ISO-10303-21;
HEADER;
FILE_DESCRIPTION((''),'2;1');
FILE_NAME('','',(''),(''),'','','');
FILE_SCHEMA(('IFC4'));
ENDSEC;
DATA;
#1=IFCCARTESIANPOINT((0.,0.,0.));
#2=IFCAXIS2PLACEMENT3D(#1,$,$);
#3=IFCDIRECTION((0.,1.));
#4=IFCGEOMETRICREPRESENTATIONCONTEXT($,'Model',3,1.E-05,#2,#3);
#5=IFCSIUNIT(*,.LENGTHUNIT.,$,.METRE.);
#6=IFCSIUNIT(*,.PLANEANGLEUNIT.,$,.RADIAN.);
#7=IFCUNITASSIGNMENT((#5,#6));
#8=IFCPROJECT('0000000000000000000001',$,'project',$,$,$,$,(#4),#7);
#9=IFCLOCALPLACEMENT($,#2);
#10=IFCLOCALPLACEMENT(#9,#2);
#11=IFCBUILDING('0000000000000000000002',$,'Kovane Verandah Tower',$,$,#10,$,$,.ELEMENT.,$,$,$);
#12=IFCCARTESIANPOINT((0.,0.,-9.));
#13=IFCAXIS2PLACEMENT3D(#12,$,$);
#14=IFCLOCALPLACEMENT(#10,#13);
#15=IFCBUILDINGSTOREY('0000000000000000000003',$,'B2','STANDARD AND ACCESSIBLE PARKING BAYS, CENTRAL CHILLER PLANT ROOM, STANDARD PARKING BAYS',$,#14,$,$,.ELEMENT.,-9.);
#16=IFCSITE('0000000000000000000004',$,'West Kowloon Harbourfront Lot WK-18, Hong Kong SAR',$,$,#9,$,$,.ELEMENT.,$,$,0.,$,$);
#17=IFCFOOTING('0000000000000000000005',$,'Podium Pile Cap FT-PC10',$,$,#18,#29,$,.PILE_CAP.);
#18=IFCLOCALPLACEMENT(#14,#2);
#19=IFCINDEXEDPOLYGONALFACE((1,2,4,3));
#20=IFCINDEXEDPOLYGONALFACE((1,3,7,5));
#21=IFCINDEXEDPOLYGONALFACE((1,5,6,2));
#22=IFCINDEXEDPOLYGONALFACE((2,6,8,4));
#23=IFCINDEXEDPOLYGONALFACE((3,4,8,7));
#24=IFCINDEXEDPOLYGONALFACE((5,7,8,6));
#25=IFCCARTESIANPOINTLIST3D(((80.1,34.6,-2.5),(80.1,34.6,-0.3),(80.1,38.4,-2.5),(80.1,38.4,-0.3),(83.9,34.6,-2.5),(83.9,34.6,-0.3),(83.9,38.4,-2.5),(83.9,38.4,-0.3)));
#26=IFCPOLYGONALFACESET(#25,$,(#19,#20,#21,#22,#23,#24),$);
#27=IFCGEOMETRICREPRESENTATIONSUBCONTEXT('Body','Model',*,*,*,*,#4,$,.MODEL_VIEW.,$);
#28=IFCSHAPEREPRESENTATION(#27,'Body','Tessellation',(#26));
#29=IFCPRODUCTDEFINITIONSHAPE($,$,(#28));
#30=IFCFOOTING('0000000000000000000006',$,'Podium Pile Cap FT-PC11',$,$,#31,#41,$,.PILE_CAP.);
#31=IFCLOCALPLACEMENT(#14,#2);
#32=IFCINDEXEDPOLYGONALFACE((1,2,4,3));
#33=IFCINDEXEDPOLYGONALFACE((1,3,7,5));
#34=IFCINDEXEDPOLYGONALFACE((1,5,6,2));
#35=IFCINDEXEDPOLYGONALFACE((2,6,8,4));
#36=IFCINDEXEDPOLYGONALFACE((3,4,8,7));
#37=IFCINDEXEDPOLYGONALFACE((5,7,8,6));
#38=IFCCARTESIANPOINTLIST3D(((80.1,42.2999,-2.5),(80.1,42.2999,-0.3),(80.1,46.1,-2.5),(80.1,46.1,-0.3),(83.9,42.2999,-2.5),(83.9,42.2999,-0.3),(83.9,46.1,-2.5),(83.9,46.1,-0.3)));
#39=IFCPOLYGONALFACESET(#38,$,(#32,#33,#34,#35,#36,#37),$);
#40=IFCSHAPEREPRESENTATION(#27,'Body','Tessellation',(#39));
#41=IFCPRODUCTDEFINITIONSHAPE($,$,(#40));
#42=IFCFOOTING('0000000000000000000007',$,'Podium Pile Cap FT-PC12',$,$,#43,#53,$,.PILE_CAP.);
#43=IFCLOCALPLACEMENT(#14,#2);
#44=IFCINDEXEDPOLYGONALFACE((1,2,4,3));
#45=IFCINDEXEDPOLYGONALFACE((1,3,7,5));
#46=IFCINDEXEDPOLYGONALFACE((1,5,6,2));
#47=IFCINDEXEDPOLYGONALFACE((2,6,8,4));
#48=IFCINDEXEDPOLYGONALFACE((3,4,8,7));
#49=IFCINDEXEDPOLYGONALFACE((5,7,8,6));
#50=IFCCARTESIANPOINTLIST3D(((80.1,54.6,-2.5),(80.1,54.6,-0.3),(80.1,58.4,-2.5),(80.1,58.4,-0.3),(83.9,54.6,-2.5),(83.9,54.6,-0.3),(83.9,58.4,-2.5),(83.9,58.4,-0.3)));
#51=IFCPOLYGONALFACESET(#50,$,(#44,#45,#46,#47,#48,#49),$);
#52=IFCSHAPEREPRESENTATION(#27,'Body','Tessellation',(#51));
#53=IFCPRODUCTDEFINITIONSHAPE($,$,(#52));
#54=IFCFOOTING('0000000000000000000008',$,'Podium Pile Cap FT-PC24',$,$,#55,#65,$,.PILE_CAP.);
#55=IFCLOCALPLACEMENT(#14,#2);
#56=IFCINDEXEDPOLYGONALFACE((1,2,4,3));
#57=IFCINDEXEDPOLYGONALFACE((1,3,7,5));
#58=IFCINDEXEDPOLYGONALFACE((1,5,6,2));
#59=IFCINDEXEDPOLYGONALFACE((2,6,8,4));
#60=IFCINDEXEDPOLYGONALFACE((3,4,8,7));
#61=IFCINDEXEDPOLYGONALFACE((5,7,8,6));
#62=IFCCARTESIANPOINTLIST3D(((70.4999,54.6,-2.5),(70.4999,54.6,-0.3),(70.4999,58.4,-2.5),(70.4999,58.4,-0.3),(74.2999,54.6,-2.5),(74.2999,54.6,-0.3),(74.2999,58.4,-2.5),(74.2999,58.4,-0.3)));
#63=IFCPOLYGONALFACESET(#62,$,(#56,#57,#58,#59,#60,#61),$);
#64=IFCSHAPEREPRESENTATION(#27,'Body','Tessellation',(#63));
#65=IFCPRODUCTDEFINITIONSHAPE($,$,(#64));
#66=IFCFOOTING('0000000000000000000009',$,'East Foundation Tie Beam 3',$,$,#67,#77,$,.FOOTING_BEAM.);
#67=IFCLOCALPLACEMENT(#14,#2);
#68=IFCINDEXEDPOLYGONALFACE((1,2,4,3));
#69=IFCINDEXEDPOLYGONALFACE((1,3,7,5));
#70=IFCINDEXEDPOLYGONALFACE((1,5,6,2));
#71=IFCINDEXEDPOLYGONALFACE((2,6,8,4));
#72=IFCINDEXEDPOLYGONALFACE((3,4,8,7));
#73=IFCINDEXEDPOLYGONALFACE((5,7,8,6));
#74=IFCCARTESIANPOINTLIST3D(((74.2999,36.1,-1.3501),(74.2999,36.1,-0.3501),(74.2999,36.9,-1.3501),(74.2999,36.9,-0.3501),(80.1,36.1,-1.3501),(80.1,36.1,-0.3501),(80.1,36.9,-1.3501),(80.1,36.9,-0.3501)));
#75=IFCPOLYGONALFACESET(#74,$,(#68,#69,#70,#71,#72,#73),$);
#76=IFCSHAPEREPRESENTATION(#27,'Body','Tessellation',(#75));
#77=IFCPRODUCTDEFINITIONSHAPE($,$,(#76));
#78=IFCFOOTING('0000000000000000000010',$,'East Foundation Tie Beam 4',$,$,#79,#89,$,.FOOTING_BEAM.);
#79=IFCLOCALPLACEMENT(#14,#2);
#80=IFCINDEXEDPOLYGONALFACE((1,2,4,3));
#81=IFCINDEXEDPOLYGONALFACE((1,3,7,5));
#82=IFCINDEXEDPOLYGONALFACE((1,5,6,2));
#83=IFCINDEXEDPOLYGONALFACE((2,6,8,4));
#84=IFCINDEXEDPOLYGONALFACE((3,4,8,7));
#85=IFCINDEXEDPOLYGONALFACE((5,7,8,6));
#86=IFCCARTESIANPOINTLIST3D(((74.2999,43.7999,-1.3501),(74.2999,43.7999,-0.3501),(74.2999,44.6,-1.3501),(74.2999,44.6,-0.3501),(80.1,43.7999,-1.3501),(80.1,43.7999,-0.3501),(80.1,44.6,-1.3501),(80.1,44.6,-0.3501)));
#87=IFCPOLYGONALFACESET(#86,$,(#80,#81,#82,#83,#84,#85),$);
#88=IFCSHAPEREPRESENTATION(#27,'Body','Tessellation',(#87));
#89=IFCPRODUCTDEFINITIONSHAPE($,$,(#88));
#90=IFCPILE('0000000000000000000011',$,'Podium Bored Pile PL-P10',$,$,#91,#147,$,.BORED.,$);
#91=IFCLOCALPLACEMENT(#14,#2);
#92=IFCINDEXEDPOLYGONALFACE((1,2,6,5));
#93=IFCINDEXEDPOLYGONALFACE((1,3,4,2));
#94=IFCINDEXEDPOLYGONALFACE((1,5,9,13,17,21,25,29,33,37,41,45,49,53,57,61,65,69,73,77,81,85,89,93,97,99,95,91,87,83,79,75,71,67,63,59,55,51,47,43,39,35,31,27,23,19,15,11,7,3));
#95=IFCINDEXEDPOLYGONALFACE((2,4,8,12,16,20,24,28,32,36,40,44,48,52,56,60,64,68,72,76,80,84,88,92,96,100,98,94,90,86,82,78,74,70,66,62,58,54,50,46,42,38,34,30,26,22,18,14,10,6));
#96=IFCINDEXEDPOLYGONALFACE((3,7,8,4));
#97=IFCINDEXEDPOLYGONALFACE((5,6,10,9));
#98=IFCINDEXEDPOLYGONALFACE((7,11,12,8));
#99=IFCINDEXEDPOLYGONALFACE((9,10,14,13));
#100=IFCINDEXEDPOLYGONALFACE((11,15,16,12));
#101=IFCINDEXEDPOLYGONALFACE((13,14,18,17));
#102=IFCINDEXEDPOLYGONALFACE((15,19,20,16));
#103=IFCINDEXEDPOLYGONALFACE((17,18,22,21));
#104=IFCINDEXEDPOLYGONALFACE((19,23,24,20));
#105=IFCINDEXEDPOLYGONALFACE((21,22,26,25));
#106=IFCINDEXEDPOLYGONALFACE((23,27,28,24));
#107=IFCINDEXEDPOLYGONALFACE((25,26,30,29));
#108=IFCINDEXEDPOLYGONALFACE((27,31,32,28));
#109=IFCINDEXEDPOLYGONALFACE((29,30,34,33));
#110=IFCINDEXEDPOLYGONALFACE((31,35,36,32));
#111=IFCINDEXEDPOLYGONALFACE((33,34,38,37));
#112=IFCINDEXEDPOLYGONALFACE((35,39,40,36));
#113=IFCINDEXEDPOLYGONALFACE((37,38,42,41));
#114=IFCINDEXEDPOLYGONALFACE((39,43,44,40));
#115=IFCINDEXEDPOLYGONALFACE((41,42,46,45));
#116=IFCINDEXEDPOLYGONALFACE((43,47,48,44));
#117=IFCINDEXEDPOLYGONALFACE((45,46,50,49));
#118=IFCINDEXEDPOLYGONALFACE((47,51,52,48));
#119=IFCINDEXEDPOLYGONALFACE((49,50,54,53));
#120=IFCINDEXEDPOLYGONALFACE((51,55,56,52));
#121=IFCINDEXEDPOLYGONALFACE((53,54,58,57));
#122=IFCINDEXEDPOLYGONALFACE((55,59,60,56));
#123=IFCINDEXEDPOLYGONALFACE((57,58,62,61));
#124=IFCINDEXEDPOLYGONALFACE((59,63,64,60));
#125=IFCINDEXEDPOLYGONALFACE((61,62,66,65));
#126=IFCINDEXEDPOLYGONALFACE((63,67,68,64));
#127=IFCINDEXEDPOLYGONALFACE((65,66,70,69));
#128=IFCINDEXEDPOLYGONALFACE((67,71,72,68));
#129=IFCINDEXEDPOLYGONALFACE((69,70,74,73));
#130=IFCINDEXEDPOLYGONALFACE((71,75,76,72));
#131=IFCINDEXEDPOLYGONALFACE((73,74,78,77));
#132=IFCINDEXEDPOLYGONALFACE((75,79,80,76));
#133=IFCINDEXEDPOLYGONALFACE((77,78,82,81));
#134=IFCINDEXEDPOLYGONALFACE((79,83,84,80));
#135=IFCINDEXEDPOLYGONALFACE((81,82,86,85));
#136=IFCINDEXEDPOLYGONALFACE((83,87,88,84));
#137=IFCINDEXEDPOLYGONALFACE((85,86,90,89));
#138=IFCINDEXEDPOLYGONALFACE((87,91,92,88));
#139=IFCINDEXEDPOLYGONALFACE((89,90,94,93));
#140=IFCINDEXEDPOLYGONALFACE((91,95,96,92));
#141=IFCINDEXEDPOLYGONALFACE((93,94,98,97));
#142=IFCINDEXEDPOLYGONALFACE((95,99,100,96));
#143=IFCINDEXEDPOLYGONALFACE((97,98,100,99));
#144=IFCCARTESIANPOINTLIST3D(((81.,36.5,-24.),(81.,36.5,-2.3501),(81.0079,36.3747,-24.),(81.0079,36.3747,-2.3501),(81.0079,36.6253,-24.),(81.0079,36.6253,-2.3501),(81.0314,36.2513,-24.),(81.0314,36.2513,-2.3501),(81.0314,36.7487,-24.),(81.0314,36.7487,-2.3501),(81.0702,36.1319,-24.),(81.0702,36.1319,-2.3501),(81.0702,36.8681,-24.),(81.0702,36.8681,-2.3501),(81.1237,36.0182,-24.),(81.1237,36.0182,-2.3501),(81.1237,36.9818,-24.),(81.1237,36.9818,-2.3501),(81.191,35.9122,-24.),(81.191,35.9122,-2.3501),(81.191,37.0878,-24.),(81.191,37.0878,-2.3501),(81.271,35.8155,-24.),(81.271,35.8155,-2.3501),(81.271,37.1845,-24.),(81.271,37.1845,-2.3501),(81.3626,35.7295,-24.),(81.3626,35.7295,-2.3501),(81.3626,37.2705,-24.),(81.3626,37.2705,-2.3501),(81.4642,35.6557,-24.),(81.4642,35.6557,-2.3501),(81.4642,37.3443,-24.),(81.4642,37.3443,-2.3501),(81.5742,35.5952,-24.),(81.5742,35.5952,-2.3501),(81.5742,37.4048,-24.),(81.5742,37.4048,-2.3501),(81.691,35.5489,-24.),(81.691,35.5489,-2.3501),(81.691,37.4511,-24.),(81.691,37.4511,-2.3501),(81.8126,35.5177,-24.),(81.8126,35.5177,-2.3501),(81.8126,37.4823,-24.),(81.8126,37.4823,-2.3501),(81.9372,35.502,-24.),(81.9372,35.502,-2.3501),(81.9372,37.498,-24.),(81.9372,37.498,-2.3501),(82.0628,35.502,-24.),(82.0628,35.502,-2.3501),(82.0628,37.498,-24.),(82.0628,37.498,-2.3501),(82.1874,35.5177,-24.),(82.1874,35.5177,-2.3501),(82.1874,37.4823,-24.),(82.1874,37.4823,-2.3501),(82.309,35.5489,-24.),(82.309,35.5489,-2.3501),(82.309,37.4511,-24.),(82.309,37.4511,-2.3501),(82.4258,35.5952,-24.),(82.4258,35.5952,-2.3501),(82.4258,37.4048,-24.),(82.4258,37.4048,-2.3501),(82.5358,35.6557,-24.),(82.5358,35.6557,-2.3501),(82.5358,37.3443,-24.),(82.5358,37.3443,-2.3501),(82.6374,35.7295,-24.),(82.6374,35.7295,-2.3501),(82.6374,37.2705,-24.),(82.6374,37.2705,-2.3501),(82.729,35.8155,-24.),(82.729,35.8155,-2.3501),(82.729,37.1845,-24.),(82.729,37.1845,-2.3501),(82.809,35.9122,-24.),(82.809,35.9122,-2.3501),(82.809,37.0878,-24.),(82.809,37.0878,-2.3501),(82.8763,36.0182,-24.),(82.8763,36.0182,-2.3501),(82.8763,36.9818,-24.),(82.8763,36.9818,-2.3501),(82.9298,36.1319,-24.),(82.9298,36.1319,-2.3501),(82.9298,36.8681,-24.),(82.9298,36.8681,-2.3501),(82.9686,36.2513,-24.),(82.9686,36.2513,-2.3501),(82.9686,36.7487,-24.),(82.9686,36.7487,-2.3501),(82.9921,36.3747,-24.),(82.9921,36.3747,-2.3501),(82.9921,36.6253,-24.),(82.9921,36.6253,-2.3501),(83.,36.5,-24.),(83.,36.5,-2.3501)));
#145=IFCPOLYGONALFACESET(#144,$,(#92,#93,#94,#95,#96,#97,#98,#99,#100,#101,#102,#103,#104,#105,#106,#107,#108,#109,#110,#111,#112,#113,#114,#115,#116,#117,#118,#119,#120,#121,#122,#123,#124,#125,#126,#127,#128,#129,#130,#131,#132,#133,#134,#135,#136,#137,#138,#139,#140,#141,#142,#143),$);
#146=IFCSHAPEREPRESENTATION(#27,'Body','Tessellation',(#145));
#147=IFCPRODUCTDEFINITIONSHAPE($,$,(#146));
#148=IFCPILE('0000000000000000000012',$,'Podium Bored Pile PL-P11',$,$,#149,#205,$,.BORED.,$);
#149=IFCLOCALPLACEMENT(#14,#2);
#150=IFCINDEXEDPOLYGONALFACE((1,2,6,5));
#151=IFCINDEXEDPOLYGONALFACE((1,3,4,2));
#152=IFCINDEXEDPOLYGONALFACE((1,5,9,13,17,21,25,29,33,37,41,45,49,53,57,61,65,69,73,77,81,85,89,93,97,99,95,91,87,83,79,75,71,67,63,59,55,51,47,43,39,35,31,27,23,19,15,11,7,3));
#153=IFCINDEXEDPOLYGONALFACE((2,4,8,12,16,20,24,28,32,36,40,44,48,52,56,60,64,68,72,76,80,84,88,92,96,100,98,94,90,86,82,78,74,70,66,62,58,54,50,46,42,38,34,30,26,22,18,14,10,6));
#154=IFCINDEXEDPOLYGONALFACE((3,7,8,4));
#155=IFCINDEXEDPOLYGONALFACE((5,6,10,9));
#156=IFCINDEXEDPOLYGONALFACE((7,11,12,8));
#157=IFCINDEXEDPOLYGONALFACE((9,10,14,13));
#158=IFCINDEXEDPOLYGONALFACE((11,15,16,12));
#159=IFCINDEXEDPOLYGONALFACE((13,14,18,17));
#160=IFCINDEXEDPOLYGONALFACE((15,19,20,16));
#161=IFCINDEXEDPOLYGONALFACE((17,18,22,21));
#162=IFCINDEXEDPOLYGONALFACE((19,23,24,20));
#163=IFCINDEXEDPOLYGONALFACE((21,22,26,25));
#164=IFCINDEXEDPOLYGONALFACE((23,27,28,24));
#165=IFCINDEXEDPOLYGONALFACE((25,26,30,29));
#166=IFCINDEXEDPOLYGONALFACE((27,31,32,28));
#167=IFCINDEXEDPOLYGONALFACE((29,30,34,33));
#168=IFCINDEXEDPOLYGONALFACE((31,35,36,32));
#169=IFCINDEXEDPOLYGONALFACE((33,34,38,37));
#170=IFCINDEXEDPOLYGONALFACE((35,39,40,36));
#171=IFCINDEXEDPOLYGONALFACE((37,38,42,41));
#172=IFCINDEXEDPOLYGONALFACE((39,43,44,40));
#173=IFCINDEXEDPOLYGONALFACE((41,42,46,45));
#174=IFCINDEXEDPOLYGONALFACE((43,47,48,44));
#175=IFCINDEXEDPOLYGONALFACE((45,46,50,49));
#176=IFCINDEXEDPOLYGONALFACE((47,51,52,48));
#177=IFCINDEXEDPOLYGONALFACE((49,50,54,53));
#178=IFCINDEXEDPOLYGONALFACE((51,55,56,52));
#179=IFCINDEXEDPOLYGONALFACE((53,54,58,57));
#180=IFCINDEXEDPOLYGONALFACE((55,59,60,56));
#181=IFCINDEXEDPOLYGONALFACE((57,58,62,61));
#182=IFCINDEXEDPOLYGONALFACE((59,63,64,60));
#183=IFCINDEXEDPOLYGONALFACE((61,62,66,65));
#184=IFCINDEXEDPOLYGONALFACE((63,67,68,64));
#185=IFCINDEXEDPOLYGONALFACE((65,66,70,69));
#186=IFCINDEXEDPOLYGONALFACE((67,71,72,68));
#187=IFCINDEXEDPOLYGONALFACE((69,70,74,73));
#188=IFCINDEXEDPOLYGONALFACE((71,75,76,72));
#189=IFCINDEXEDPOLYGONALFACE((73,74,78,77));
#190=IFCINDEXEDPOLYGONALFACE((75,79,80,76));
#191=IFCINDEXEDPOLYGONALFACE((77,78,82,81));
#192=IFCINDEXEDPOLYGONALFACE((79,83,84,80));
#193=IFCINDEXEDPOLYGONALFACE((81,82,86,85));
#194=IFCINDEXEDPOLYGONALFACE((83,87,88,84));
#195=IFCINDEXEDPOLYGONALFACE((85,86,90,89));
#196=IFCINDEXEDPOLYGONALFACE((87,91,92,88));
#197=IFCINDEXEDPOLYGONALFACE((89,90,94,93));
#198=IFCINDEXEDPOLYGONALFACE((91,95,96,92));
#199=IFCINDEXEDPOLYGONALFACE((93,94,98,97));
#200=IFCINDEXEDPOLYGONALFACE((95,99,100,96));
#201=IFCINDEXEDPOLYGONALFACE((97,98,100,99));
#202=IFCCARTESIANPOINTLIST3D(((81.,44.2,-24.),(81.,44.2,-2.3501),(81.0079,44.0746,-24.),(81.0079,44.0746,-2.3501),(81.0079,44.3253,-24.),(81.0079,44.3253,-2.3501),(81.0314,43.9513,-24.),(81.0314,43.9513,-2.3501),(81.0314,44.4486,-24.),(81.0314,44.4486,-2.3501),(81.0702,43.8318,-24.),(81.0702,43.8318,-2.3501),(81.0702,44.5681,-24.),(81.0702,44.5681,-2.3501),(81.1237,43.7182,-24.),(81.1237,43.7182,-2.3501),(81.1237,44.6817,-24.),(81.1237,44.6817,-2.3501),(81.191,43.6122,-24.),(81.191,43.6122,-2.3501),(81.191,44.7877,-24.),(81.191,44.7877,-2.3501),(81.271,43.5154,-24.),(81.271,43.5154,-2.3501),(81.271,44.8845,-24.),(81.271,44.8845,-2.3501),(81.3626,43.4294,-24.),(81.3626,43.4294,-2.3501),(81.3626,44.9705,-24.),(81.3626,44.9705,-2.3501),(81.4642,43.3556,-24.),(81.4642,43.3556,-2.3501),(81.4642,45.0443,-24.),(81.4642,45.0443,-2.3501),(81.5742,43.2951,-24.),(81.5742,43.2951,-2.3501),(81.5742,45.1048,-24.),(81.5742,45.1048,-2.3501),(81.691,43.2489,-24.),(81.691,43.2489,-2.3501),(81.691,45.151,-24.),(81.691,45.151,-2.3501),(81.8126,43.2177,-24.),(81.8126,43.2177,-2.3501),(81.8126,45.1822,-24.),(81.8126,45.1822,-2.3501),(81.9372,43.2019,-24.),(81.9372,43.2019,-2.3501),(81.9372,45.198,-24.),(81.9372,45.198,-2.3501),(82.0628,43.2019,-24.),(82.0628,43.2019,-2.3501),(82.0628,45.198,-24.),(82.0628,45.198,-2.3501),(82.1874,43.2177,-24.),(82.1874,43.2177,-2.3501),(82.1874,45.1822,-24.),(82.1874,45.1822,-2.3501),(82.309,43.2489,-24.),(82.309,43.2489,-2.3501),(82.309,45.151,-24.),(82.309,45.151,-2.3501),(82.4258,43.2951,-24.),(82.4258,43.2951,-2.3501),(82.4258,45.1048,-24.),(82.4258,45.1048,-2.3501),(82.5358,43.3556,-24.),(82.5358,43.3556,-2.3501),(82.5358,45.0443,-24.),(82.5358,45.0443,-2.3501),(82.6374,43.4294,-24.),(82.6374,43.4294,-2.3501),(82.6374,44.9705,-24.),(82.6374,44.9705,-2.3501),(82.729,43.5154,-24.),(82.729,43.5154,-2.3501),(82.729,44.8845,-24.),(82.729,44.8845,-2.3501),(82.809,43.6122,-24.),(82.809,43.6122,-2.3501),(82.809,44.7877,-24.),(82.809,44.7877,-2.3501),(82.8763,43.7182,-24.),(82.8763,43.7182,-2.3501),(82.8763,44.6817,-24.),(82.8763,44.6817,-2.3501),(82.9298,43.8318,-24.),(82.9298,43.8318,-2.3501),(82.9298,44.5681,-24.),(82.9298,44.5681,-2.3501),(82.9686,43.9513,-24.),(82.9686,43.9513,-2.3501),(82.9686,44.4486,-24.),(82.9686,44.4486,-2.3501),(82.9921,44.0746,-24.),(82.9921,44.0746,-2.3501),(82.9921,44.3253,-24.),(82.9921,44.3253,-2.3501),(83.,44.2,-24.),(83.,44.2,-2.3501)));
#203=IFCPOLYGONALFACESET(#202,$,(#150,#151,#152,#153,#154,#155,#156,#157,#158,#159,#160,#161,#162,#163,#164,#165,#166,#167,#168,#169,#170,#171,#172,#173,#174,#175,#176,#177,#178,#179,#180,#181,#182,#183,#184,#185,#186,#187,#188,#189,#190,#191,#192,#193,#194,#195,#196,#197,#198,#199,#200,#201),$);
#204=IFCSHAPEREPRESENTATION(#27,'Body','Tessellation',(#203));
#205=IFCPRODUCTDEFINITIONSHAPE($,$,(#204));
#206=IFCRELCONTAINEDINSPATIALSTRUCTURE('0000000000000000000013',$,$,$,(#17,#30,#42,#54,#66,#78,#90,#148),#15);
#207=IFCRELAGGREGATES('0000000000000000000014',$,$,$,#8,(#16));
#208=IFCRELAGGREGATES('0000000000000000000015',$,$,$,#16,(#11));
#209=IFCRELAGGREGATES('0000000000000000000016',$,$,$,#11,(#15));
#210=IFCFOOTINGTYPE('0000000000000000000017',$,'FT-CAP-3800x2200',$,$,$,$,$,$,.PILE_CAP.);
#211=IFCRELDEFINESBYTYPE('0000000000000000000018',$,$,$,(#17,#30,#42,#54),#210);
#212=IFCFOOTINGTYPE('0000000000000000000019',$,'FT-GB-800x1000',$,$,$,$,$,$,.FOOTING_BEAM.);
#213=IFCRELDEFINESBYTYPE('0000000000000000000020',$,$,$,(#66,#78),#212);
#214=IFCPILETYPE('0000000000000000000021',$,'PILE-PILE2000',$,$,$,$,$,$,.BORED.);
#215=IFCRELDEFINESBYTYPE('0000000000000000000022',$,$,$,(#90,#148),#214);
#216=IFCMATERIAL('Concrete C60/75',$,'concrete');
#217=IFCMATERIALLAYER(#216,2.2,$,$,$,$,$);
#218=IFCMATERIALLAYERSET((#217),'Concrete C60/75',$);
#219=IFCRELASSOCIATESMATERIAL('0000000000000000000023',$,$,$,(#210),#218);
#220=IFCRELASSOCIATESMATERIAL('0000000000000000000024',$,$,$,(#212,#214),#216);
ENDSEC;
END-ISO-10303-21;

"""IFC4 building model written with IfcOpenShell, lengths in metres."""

from ifc_helpers import new_model, si_unit, direction, frame, origin, origin_2d, place, context, subcontext, project, spatial, rectangle, circle, extrude, material, layer, layer_set, material_profile, profile_set, type_object, element, save


model = new_model("IFC4")

# Units and contexts
model_context = context("Model", 3, precision=1e-05, world=origin(), true_north=direction((0.0, 1.0)))
body_context = subcontext(model_context, "Body", "Model", "MODEL_VIEW")
ifc_project = project(units=[si_unit("LENGTHUNIT", "METRE"), si_unit("PLANEANGLEUNIT", "RADIAN")], contexts=[model_context])

# Site, building, storey
site_placement = place(None, origin())
site = spatial("IfcSite", under=ifc_project, at=site_placement, Name="West Kowloon Harbourfront Lot WK-18, Hong Kong SAR", CompositionType="ELEMENT", RefElevation=0.0)
building_placement = place(site_placement, origin())
building = spatial("IfcBuilding", under=site, at=building_placement, Name="Kovane Verandah Tower", CompositionType="ELEMENT")
storey_placement = place(building_placement, frame((0.0, 0.0, -9.0)))
storey = spatial("IfcBuildingStorey", under=building, at=storey_placement, Name="B2", Description="STANDARD AND ACCESSIBLE PARKING BAYS, CENTRAL CHILLER PLANT ROOM, STANDARD PARKING BAYS", CompositionType="ELEMENT", Elevation=-9.0)

# Footings
ifc_material_1 = material(Name="Concrete C60/75", Category="concrete")
ifc_layer_1 = layer(ifc_material_1, 2.2)
ifc_layer_set_1 = layer_set([ifc_layer_1], Name="Concrete C60/75")
footing_type_1 = type_object("IfcFootingType", Name="FT-CAP-3800x2200", PredefinedType="PILE_CAP", material=ifc_layer_set_1)
for number, where, z_axis, x_axis, name in (
    (1, (82.0, 36.5, -2.5), (0.0, 0.0, 1.0), (1.0, 0.0, 0.0), "Podium Pile Cap FT-PC10"),
    (2, (82.0, 44.2, -2.5), (0.0, 0.0, 1.0), (1.0, 0.0, 0.0), "Podium Pile Cap FT-PC11"),
    (3, (82.0, 56.5, -2.5), (0.0, 0.0, 1.0), (1.0, 0.0, 0.0), "Podium Pile Cap FT-PC12"),
    (4, (72.3999, 56.5, -2.5), (0.0, 0.0, 1.0), (1.0, 0.0, 0.0), "Podium Pile Cap FT-PC24"),
):
    element("IfcFooting", number, at=place(storey_placement, frame(where, z_axis=z_axis, x_axis=x_axis)), inside=storey, type_object=footing_type_1, Name=name, PredefinedType="PILE_CAP", context=body_context, shape_type="SweptSolid", body=[
        extrude(rectangle(XDim=3.8, YDim=3.8, at=origin_2d()), origin(), (0.0, 0.0, 1.0), 2.2),
    ])
ifc_material_profile_1 = material_profile(ifc_material_1, rectangle(XDim=0.8, YDim=1.0, at=origin_2d()), Name="RCB800x1000")
ifc_profile_set_1 = profile_set([ifc_material_profile_1], Name="Concrete C60/75")
footing_type_2 = type_object("IfcFootingType", Name="FT-GB-800x1000", PredefinedType="FOOTING_BEAM", material=ifc_profile_set_1)
for number, where, z_axis, x_axis, name in (
    (5, (77.2, 36.5, -1.3501), (0.0, 0.0, 1.0), (1.0, 0.0, 0.0), "East Foundation Tie Beam 3"),
    (6, (77.2, 44.2, -1.3501), (0.0, 0.0, 1.0), (1.0, 0.0, 0.0), "East Foundation Tie Beam 4"),
):
    element("IfcFooting", number, at=place(storey_placement, frame(where, z_axis=z_axis, x_axis=x_axis)), inside=storey, type_object=footing_type_2, Name=name, PredefinedType="FOOTING_BEAM", context=body_context, shape_type="SweptSolid", body=[
        extrude(rectangle(XDim=5.8, YDim=0.8, at=origin_2d()), origin(), (0.0, 0.0, 1.0), 1.0),
    ])

# Piles
ifc_material_profile_2 = material_profile(ifc_material_1, circle(Radius=1.0, at=origin_2d()), Name="PILE2000")
ifc_profile_set_2 = profile_set([ifc_material_profile_2], Name="Concrete C60/75")
pile_type = type_object("IfcPileType", Name="PILE-PILE2000", PredefinedType="BORED", material=ifc_profile_set_2)
for number, where, z_axis, x_axis, name in (
    (7, (82.0, 36.5, -2.3501), (0.0, 0.0, -1.0), (1.0, 0.0, 0.0), "Podium Bored Pile PL-P10"),
    (8, (82.0, 44.2, -2.3501), (0.0, 0.0, -1.0), (1.0, 0.0, 0.0), "Podium Bored Pile PL-P11"),
):
    element("IfcPile", number, at=place(storey_placement, frame(where, z_axis=z_axis, x_axis=x_axis)), inside=storey, type_object=pile_type, Name=name, PredefinedType="BORED", context=body_context, shape_type="SweptSolid", body=[
        extrude(circle(Radius=1.0, at=origin_2d()), origin(), (0.0, 0.0, 1.0), 21.6499),
    ])

save(model, "model.ifc")
